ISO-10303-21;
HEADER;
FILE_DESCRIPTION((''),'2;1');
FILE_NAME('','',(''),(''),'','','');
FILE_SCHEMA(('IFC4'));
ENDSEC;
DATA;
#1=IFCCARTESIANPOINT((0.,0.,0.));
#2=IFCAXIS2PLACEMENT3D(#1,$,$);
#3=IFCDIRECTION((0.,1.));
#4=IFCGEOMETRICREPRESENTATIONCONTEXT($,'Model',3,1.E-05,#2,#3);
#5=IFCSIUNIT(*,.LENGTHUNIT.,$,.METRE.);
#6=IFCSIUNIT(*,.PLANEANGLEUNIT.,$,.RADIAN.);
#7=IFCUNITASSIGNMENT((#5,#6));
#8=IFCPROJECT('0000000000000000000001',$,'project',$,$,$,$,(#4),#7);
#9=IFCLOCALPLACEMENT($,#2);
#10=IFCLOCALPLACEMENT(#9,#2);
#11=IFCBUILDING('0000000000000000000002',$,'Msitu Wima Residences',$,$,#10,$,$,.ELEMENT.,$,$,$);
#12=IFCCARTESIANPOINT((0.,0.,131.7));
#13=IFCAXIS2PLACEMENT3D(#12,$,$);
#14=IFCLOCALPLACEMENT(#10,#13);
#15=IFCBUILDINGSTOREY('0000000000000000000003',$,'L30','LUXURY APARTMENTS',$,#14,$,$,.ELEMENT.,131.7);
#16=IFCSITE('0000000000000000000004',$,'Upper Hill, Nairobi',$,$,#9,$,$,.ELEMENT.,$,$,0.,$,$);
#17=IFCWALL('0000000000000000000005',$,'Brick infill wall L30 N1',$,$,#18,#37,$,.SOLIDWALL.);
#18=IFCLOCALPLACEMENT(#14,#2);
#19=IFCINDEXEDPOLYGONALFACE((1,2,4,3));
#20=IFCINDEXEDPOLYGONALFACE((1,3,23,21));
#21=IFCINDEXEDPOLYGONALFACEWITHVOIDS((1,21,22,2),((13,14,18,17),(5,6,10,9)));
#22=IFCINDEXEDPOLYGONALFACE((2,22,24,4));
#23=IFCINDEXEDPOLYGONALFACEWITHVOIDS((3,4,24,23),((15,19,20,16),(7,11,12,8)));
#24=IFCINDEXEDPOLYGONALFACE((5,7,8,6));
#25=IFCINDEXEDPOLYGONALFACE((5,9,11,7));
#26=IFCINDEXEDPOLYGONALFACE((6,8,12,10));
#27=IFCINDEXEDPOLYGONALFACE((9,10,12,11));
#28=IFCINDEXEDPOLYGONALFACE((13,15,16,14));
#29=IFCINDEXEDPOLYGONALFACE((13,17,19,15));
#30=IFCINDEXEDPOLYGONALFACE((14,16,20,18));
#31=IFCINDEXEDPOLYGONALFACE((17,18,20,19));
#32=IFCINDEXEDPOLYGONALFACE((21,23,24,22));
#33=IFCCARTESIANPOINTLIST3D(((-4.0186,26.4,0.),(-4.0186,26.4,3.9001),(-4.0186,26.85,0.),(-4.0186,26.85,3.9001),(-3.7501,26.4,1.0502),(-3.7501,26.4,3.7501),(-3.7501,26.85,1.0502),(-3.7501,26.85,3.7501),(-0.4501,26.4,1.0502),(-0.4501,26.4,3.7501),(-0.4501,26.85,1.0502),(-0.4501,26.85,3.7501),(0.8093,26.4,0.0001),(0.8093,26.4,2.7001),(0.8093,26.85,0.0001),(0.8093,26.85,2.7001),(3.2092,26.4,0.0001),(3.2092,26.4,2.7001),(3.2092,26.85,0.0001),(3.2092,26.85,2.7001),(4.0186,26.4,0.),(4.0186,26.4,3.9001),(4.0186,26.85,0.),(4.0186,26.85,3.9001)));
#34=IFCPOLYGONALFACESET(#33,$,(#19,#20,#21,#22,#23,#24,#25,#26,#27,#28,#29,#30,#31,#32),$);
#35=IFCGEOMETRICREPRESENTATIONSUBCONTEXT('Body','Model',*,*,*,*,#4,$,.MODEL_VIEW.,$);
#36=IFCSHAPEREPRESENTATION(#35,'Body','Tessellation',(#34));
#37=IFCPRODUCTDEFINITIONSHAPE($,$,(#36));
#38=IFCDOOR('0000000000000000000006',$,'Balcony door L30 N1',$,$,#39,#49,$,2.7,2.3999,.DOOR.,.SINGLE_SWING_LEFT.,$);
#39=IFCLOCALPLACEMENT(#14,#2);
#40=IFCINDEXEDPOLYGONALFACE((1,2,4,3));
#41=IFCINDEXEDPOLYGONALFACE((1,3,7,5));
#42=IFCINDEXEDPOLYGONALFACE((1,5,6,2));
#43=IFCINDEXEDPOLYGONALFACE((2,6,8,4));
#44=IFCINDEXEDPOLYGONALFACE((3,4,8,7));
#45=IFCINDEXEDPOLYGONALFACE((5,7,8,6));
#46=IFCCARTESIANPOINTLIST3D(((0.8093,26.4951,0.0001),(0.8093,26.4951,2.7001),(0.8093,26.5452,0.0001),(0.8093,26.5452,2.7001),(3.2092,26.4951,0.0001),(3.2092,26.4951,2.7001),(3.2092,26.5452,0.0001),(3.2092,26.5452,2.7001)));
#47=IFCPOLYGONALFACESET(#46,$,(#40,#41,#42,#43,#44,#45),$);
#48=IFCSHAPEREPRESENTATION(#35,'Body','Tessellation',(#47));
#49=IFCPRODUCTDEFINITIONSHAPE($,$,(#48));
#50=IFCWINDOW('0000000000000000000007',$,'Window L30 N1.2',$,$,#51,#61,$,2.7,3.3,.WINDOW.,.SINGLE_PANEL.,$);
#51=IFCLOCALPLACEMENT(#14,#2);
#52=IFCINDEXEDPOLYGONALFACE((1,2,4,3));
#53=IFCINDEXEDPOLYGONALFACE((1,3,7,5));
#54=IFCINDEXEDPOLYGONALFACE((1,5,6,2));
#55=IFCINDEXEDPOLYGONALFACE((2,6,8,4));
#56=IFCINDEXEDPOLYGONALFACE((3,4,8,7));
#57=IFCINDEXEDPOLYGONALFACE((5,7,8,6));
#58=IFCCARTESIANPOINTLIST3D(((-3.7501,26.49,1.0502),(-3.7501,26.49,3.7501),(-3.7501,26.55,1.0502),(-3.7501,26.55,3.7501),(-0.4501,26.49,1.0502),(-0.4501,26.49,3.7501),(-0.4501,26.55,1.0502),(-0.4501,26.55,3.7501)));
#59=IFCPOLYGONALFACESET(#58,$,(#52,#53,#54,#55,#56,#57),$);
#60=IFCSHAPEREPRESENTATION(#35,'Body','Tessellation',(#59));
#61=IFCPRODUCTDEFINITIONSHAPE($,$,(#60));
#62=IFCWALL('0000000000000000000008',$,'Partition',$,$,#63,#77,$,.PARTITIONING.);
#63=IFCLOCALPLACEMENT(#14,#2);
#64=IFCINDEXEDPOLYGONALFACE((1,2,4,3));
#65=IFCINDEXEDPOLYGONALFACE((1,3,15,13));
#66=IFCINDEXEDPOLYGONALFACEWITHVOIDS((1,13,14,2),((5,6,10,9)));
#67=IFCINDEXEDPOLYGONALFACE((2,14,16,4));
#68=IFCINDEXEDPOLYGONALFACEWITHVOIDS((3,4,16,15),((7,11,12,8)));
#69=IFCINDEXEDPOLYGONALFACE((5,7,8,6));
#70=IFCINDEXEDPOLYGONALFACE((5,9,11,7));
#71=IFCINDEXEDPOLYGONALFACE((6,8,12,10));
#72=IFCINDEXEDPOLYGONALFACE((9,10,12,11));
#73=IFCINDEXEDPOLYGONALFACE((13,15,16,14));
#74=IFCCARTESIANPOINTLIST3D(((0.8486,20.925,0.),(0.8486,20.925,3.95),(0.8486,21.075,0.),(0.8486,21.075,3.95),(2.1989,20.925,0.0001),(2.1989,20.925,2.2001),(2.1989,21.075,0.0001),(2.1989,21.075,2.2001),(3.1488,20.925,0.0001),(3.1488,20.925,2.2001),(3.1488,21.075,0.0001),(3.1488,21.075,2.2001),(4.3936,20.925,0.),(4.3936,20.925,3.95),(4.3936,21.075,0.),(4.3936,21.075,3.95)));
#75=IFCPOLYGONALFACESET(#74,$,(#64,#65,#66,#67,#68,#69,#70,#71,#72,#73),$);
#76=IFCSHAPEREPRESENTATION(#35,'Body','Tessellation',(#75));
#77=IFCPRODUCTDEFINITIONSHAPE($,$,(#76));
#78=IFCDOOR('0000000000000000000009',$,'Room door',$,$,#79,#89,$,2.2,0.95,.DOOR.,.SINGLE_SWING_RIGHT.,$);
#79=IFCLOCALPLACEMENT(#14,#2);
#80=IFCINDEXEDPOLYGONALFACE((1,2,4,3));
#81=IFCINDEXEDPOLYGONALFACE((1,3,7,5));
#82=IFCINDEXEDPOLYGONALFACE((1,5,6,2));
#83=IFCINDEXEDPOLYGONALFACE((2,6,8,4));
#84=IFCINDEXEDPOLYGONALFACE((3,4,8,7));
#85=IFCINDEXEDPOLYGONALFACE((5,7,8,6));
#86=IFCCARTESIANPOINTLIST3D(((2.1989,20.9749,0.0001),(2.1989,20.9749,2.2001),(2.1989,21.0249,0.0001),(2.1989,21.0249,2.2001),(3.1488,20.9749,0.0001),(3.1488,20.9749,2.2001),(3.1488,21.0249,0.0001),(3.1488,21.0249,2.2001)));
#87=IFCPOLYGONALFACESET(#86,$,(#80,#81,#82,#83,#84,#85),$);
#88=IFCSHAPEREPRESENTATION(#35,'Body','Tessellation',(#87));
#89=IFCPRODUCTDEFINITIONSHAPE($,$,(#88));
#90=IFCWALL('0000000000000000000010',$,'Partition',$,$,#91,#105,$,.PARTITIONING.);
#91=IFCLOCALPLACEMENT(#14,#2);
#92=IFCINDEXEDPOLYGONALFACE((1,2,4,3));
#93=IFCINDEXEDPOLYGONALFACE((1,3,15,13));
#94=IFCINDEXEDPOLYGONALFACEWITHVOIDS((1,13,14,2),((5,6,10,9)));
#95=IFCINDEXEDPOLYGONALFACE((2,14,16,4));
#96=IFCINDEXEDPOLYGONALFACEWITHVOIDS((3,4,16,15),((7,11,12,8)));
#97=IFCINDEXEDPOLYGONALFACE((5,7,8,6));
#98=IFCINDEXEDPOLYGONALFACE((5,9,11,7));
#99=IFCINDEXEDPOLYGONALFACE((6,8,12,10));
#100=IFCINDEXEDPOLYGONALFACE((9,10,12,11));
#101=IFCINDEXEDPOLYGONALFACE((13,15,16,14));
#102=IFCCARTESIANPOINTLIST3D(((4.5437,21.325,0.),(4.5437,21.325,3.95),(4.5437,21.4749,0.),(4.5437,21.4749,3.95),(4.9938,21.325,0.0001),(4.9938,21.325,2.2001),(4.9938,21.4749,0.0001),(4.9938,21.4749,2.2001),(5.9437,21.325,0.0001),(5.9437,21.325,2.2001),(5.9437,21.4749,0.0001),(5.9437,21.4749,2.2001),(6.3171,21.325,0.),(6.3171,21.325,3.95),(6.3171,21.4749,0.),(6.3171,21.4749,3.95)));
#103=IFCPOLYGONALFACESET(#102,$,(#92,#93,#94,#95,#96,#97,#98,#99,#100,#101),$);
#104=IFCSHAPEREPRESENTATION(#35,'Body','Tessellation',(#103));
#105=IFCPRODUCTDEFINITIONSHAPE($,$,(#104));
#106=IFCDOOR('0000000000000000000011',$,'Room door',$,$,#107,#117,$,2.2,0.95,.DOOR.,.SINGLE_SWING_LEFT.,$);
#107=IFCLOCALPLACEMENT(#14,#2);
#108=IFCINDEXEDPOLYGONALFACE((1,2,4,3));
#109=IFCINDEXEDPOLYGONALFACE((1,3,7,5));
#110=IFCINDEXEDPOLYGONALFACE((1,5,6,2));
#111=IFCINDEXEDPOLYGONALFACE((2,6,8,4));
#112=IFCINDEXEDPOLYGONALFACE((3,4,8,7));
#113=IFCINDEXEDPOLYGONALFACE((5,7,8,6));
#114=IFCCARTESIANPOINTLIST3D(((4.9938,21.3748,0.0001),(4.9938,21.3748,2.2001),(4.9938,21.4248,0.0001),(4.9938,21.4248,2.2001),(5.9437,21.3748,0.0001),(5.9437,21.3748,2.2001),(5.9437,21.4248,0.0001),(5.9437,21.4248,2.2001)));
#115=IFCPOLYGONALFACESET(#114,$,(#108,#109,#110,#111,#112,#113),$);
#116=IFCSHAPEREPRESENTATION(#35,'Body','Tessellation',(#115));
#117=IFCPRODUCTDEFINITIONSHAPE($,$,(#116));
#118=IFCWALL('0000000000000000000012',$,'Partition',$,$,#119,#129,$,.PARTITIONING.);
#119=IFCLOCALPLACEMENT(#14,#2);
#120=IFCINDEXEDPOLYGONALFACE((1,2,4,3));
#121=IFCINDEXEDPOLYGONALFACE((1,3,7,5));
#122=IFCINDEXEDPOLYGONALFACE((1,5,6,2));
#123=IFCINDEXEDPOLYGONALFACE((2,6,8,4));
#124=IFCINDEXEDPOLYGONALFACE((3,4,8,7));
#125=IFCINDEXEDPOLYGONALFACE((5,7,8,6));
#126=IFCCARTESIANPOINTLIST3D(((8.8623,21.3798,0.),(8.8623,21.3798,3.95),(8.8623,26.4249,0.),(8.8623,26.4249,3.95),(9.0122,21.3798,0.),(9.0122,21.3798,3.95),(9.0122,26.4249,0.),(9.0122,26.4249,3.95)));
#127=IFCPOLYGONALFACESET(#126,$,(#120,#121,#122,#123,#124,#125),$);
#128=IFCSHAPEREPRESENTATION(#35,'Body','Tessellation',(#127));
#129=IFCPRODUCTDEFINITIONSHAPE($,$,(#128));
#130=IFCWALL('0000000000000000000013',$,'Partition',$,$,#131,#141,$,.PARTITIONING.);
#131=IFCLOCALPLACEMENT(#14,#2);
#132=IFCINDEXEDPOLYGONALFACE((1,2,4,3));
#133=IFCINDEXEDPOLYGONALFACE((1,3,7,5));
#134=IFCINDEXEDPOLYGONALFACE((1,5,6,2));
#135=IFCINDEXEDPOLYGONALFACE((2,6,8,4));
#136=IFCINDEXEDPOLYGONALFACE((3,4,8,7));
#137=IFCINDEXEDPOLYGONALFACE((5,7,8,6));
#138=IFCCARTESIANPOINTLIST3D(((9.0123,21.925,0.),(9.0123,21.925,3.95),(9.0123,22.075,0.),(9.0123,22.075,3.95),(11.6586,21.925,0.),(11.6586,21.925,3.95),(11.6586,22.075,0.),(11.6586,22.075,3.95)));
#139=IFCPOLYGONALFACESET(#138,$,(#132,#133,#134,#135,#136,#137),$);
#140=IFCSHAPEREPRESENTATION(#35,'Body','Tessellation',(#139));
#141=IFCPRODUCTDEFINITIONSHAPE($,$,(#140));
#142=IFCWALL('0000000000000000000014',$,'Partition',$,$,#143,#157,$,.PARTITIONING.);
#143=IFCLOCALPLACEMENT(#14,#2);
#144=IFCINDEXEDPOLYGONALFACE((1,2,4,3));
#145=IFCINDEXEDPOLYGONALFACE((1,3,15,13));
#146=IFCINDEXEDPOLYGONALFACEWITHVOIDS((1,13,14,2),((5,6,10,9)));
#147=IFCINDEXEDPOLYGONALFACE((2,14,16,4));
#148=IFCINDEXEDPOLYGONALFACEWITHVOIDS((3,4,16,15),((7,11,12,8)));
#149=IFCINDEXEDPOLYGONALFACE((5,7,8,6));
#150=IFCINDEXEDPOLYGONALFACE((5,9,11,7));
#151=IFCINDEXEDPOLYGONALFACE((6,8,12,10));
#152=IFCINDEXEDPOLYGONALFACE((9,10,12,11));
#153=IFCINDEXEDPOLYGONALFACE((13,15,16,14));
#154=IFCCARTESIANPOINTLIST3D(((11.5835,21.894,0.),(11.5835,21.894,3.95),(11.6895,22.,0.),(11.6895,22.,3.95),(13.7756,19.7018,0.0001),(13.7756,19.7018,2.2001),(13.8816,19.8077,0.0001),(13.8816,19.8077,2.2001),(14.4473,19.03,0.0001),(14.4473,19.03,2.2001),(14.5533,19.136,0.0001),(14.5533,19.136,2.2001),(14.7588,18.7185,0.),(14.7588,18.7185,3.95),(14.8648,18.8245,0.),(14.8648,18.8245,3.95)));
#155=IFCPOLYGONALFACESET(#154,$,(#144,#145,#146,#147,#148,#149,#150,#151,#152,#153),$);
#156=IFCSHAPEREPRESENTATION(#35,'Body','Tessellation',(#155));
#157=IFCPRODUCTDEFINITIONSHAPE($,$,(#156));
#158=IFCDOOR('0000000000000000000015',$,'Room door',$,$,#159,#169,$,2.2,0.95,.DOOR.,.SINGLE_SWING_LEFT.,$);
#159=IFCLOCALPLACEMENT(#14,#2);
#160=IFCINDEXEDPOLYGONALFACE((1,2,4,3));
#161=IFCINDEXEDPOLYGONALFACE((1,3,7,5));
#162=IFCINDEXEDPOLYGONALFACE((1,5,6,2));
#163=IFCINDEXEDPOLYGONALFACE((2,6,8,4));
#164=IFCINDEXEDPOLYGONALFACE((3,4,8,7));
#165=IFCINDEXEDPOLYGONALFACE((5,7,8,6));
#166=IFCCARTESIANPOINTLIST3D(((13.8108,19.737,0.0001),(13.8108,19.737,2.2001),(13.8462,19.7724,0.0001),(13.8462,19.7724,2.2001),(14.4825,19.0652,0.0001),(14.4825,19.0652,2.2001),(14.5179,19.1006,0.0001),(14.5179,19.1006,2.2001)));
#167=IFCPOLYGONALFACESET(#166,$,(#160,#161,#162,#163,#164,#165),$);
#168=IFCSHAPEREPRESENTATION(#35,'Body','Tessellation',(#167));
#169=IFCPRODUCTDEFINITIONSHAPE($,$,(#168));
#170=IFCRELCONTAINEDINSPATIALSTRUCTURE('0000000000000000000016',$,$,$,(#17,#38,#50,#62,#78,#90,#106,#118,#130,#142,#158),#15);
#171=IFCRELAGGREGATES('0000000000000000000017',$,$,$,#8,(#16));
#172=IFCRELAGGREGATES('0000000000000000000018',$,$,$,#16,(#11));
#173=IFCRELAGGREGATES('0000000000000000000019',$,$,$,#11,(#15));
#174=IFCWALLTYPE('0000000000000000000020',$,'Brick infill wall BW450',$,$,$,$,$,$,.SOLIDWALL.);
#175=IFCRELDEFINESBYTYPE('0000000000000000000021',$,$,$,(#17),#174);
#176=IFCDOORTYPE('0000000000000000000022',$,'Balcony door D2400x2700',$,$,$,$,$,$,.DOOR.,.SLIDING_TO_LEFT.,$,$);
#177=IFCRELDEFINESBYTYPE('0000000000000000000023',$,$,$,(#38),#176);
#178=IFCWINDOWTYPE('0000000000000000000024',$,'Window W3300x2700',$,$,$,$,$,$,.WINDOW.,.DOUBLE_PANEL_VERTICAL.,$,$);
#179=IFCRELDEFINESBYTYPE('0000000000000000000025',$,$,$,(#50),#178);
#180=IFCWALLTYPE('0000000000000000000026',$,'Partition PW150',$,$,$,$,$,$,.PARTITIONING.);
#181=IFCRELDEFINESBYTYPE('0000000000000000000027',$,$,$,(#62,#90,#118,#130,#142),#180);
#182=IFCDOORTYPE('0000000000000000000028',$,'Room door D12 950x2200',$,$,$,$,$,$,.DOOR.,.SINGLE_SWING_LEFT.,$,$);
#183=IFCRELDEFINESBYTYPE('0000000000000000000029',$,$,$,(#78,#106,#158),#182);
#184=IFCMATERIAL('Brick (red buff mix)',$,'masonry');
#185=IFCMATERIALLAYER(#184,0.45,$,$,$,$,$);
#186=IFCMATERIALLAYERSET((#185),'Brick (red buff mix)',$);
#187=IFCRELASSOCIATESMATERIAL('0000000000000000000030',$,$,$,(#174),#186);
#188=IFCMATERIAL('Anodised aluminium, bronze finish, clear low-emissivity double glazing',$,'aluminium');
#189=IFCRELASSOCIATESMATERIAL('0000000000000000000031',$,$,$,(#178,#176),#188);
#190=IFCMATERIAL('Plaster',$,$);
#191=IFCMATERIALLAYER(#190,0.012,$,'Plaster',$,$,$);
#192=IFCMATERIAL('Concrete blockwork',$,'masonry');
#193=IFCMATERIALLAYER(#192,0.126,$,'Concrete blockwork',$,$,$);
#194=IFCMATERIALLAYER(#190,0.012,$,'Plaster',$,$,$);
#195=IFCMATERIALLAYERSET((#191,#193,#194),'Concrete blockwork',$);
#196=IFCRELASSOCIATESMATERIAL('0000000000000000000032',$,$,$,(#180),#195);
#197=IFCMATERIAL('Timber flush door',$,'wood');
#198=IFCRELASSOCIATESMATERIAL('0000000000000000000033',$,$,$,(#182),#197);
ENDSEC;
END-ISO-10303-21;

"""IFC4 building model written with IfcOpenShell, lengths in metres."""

from ifc_helpers import new_model, si_unit, direction, frame, frame_2d, origin, place, context, subcontext, project, spatial, rectangle, extrude, material, layer, layer_set, type_object, element, fill, save


model = new_model("IFC4")

# Units and contexts
model_context = context("Model", 3, precision=1e-05, world=origin(), true_north=direction((0.0, 1.0)))
body_context = subcontext(model_context, "Body", "Model", "MODEL_VIEW")
ifc_project = project(units=[si_unit("LENGTHUNIT", "METRE"), si_unit("PLANEANGLEUNIT", "RADIAN")], contexts=[model_context])

# Site, building, storey
site_placement = place(None, origin())
site = spatial("IfcSite", under=ifc_project, at=site_placement, Name="Upper Hill, Nairobi", CompositionType="ELEMENT", RefElevation=0.0)
building_placement = place(site_placement, origin())
building = spatial("IfcBuilding", under=site, at=building_placement, Name="Msitu Wima Residences", CompositionType="ELEMENT")
storey_placement = place(building_placement, frame((0.0, 0.0, 131.7)))
storey = spatial("IfcBuildingStorey", under=building, at=storey_placement, Name="L30", Description="LUXURY APARTMENTS", CompositionType="ELEMENT", Elevation=131.7)

# Shared definitions
ifc_material_1 = material(Name="Brick (red buff mix)", Category="masonry")
ifc_layer_1 = layer(ifc_material_1, 0.45)
ifc_layer_set_1 = layer_set([ifc_layer_1], Name="Brick (red buff mix)")
wall_type_1 = type_object("IfcWallType", Name="Brick infill wall BW450", PredefinedType="SOLIDWALL", material=ifc_layer_set_1)
ifc_material_2 = material(Name="Anodised aluminium, bronze finish, clear low-emissivity double glazing", Category="aluminium")
window_type = type_object("IfcWindowType", Name="Window W3300x2700", PartitioningType="DOUBLE_PANEL_VERTICAL", PredefinedType="WINDOW", material=ifc_material_2)

# Wall, openings, door, window
wall_1_placement = place(storey_placement, frame((4.0186, 26.625, 0.0), z_axis=(0.0, 0.0, 1.0), x_axis=(-1.0, 0.0, 0.0)))
wall_1 = element("IfcWall", 1, at=wall_1_placement, inside=storey, type_object=wall_type_1, Name="Brick infill wall L30 N1", PredefinedType="SOLIDWALL", context=body_context, shape_type="SweptSolid", body=[
    extrude(rectangle(XDim=8.0371, YDim=0.45, at=frame_2d((4.0186, 0.0))), origin(), (0.0, 0.0, 1.0), 3.9001),
])
opening_1_placement = place(wall_1_placement, frame((0.8093, 0.0, 0.0)))
opening_1 = element("IfcOpeningElement", 2, at=opening_1_placement, cuts=wall_1, PredefinedType="OPENING", context=body_context, shape_type="SweptSolid", body=[
    extrude(rectangle(XDim=2.3999, YDim=2.7, at=frame_2d((1.2, 1.3501))), frame((0.0, 0.2349, 0.0), z_axis=(0.0, -1.0, 0.0), x_axis=(1.0, 0.0, 0.0)), (0.0, 0.0, 1.0), 0.47),
])
opening_2_placement = place(wall_1_placement, frame((4.4688, 0.0, 1.05)))
opening_2 = element("IfcOpeningElement", 3, at=opening_2_placement, cuts=wall_1, PredefinedType="OPENING", context=body_context, shape_type="SweptSolid", body=[
    extrude(rectangle(XDim=3.3, YDim=2.7, at=frame_2d((1.6499, 1.3501))), frame((0.0, 0.2349, 0.0), z_axis=(0.0, -1.0, 0.0), x_axis=(1.0, 0.0, 0.0)), (0.0, 0.0, 1.0), 0.47),
])
door_type_1 = type_object("IfcDoorType", Name="Balcony door D2400x2700", OperationType="SLIDING_TO_LEFT", PredefinedType="DOOR", material=ifc_material_2)
door_1_placement = place(opening_1_placement, origin())
door_1 = element("IfcDoor", 4, at=door_1_placement, inside=storey, type_object=door_type_1, Name="Balcony door L30 N1", OperationType="SINGLE_SWING_LEFT", OverallHeight=2.7, OverallWidth=2.3999, PredefinedType="DOOR", context=body_context, shape_type="SweptSolid", body=[
    extrude(rectangle(XDim=2.3999, YDim=2.7, at=frame_2d((1.2, 1.3501))), frame((0.0, 0.1299, 0.0), z_axis=(0.0, -1.0, 0.0), x_axis=(1.0, 0.0, 0.0)), (0.0, 0.0, 1.0), 0.05),
])
fill(opening_1, door_1)
window_1_placement = place(opening_2_placement, origin())
window_1 = element("IfcWindow", 5, at=window_1_placement, inside=storey, type_object=window_type, Name="Window L30 N1.2", OverallHeight=2.7, OverallWidth=3.3, PartitioningType="SINGLE_PANEL", PredefinedType="WINDOW", context=body_context, shape_type="SweptSolid", body=[
    extrude(rectangle(XDim=3.3, YDim=2.7, at=frame_2d((1.6499, 1.3501))), frame((0.0, 0.135, 0.0), z_axis=(0.0, -1.0, 0.0), x_axis=(1.0, 0.0, 0.0)), (0.0, 0.0, 1.0), 0.0601),
])
fill(opening_2, window_1)

# Walls, openings, doors
ifc_material_3 = material(Name="Plaster")
ifc_layer_2 = layer(ifc_material_3, 0.012, Name="Plaster")
ifc_material_4 = material(Name="Concrete blockwork", Category="masonry")
ifc_layer_3 = layer(ifc_material_4, 0.126, Name="Concrete blockwork")
ifc_layer_4 = layer(ifc_material_3, 0.012, Name="Plaster")
ifc_layer_set_2 = layer_set([ifc_layer_2, ifc_layer_3, ifc_layer_4], Name="Concrete blockwork")
wall_type_2 = type_object("IfcWallType", Name="Partition PW150", PredefinedType="PARTITIONING", material=ifc_layer_set_2)
wall_2_placement = place(storey_placement, frame((0.8486, 21.0, 0.0), z_axis=(0.0, 0.0, 1.0), x_axis=(1.0, 0.0, 0.0)))
wall_2 = element("IfcWall", 6, at=wall_2_placement, inside=storey, type_object=wall_type_2, Name="Partition", PredefinedType="PARTITIONING", context=body_context, shape_type="SweptSolid", body=[
    extrude(rectangle(XDim=3.5449, YDim=0.1499, at=frame_2d((1.7725, 0.0))), origin(), (0.0, 0.0, 1.0), 3.95),
])
opening_3_placement = place(wall_2_placement, frame((1.3501, 0.0, 0.0)))
opening_3 = element("IfcOpeningElement", 7, at=opening_3_placement, cuts=wall_2, PredefinedType="OPENING", context=body_context, shape_type="SweptSolid", body=[
    extrude(rectangle(XDim=0.95, YDim=2.2, at=frame_2d((0.4751, 1.1001))), frame((0.0, 0.085, 0.0), z_axis=(0.0, -1.0, 0.0), x_axis=(1.0, 0.0, 0.0)), (0.0, 0.0, 1.0), 0.1699),
])
ifc_material_5 = material(Name="Timber flush door", Category="wood")
door_type_2 = type_object("IfcDoorType", Name="Room door D12 950x2200", OperationType="SINGLE_SWING_LEFT", PredefinedType="DOOR", material=ifc_material_5)
door_2_placement = place(opening_3_placement, origin())
door_2 = element("IfcDoor", 8, at=door_2_placement, inside=storey, type_object=door_type_2, Name="Room door", OperationType="SINGLE_SWING_RIGHT", OverallHeight=2.2, OverallWidth=0.95, PredefinedType="DOOR", context=body_context, shape_type="SweptSolid", body=[
    extrude(rectangle(XDim=0.95, YDim=2.2, at=frame_2d((0.4751, 1.1001))), frame((0.0, 0.0249, 0.0), z_axis=(0.0, -1.0, 0.0), x_axis=(1.0, 0.0, 0.0)), (0.0, 0.0, 1.0), 0.05),
])
fill(opening_3, door_2)
wall_3_placement = place(storey_placement, frame((4.5437, 21.3999, 0.0), z_axis=(0.0, 0.0, 1.0), x_axis=(1.0, 0.0, 0.0)))
wall_3 = element("IfcWall", 9, at=wall_3_placement, inside=storey, type_object=wall_type_2, Name="Partition", PredefinedType="PARTITIONING", context=body_context, shape_type="SweptSolid", body=[
    extrude(rectangle(XDim=1.7734, YDim=0.1499, at=frame_2d((0.8867, 0.0))), origin(), (0.0, 0.0, 1.0), 3.95),
])
opening_4_placement = place(wall_3_placement, frame((0.45, 0.0, 0.0)))
opening_4 = element("IfcOpeningElement", 10, at=opening_4_placement, cuts=wall_3, PredefinedType="OPENING", context=body_context, shape_type="SweptSolid", body=[
    extrude(rectangle(XDim=0.95, YDim=2.2, at=frame_2d((0.4751, 1.1001))), frame((0.0, 0.085, 0.0), z_axis=(0.0, -1.0, 0.0), x_axis=(1.0, 0.0, 0.0)), (0.0, 0.0, 1.0), 0.1699),
])
door_3_placement = place(opening_4_placement, origin())
door_3 = element("IfcDoor", 11, at=door_3_placement, inside=storey, type_object=door_type_2, Name="Room door", OperationType="SINGLE_SWING_LEFT", OverallHeight=2.2, OverallWidth=0.95, PredefinedType="DOOR", context=body_context, shape_type="SweptSolid", body=[
    extrude(rectangle(XDim=0.95, YDim=2.2, at=frame_2d((0.4751, 1.1001))), frame((0.0, 0.0249, 0.0), z_axis=(0.0, -1.0, 0.0), x_axis=(1.0, 0.0, 0.0)), (0.0, 0.0, 1.0), 0.05),
])
fill(opening_4, door_3)

# Walls
wall_4_placement = place(storey_placement, frame((8.9373, 21.3799, 0.0), z_axis=(0.0, 0.0, 1.0), x_axis=(0.0, 1.0, 0.0)))
element("IfcWall", 12, at=wall_4_placement, inside=storey, type_object=wall_type_2, Name="Partition", PredefinedType="PARTITIONING", context=body_context, shape_type="SweptSolid", body=[
    extrude(rectangle(XDim=5.0452, YDim=0.1499, at=frame_2d((2.5225, 0.0))), origin(), (0.0, 0.0, 1.0), 3.95),
])
wall_5_placement = place(storey_placement, frame((9.0122, 22.0, 0.0), z_axis=(0.0, 0.0, 1.0), x_axis=(1.0, 0.0, 0.0)))
element("IfcWall", 13, at=wall_5_placement, inside=storey, type_object=wall_type_2, Name="Partition", PredefinedType="PARTITIONING", context=body_context, shape_type="SweptSolid", body=[
    extrude(rectangle(XDim=2.6462, YDim=0.1499, at=frame_2d((1.3232, 0.0))), origin(), (0.0, 0.0, 1.0), 3.95),
])

# Wall, opening, door
wall_6_placement = place(storey_placement, frame((11.6365, 21.947, 0.0), z_axis=(0.0, 0.0, 1.0), x_axis=(0.70708, -0.707134, 0.0)))
wall_6 = element("IfcWall", 14, at=wall_6_placement, inside=storey, type_object=wall_type_2, Name="Partition", PredefinedType="PARTITIONING", context=body_context, shape_type="SweptSolid", body=[
    extrude(rectangle(XDim=4.4907, YDim=0.1499, at=frame_2d((2.2454, 0.0))), origin(), (0.0, 0.0, 1.0), 3.95),
])
opening_5_placement = place(wall_6_placement, frame((3.1001, 0.0, 0.0)))
opening_5 = element("IfcOpeningElement", 15, at=opening_5_placement, cuts=wall_6, PredefinedType="OPENING", context=body_context, shape_type="SweptSolid", body=[
    extrude(rectangle(XDim=0.95, YDim=2.2, at=frame_2d((0.4751, 1.1001))), frame((0.0, 0.085, 0.0), z_axis=(0.0, -1.0, 0.0), x_axis=(1.0, 0.0, 0.0)), (0.0, 0.0, 1.0), 0.1699),
])
door_4_placement = place(opening_5_placement, origin())
door_4 = element("IfcDoor", 16, at=door_4_placement, inside=storey, type_object=door_type_2, Name="Room door", OperationType="SINGLE_SWING_LEFT", OverallHeight=2.2, OverallWidth=0.95, PredefinedType="DOOR", context=body_context, shape_type="SweptSolid", body=[
    extrude(rectangle(XDim=0.95, YDim=2.2, at=frame_2d((0.4751, 1.1001))), frame((0.0, 0.0249, 0.0), z_axis=(0.0, -1.0, 0.0), x_axis=(1.0, 0.0, 0.0)), (0.0, 0.0, 1.0), 0.05),
])
fill(opening_5, door_4)

save(model, "model.ifc")
